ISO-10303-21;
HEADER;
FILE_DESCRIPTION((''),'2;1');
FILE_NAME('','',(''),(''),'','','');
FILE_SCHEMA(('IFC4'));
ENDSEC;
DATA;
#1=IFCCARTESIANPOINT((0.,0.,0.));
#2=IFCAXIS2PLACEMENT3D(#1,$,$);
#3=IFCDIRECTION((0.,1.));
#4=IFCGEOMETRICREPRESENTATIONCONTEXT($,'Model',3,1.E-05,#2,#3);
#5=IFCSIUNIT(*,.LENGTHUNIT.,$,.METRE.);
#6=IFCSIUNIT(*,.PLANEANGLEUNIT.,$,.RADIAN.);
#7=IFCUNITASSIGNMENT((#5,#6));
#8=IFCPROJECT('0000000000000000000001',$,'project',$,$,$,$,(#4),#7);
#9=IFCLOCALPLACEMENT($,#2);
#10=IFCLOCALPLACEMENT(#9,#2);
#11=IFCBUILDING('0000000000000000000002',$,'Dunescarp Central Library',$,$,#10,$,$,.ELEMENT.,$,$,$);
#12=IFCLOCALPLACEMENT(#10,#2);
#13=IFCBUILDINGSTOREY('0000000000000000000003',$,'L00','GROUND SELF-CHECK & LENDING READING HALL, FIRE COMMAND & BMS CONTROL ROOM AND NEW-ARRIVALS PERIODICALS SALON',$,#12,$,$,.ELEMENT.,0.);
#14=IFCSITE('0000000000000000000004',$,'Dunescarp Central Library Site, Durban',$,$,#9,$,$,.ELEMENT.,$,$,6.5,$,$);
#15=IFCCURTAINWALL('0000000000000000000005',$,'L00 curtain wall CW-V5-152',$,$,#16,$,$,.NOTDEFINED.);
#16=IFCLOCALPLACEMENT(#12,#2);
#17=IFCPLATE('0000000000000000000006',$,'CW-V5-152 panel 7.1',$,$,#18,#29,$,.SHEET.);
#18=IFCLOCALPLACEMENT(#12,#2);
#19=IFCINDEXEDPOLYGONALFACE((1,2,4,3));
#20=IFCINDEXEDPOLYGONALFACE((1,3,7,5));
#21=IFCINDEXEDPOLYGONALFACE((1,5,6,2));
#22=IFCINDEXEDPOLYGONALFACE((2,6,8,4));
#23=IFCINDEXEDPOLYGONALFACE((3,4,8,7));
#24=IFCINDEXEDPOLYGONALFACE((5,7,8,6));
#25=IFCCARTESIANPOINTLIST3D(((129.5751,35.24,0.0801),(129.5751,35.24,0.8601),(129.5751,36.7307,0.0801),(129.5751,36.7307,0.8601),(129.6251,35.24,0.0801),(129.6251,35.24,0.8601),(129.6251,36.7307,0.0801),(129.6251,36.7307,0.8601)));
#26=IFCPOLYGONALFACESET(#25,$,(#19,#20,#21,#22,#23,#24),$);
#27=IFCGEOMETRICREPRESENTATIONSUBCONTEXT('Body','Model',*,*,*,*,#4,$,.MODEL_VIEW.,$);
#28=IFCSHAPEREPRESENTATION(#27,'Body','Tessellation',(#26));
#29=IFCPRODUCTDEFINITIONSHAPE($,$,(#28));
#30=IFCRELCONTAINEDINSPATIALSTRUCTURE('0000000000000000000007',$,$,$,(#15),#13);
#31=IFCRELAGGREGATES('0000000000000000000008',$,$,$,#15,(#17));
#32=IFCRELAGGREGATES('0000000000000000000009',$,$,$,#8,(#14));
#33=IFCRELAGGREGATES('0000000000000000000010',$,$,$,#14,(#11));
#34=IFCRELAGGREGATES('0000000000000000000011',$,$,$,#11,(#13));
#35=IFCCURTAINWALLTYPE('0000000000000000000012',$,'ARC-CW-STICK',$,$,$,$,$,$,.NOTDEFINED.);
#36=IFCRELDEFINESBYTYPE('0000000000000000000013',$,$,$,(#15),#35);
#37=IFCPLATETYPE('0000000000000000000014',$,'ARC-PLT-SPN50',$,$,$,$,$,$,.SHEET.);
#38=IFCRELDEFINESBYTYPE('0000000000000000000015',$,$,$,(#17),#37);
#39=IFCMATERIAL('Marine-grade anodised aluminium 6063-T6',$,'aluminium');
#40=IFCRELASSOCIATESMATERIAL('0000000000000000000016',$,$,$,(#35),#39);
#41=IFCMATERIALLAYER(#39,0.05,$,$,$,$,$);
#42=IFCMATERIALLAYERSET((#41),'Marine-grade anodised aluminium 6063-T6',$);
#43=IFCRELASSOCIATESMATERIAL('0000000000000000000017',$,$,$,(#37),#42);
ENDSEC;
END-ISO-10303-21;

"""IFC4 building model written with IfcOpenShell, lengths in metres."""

from ifc_helpers import new_model, si_unit, direction, frame, origin, origin_2d, place, context, subcontext, project, spatial, rectangle, extrude, material, layer, layer_set, type_object, element, aggregate, save


model = new_model("IFC4")

# Units and contexts
model_context = context("Model", 3, precision=1e-05, world=origin(), true_north=direction((0.0, 1.0)))
body_context = subcontext(model_context, "Body", "Model", "MODEL_VIEW")
ifc_project = project(units=[si_unit("LENGTHUNIT", "METRE"), si_unit("PLANEANGLEUNIT", "RADIAN")], contexts=[model_context])

# Site, building, storey
site_placement = place(None, origin())
site = spatial("IfcSite", under=ifc_project, at=site_placement, Name="Dunescarp Central Library Site, Durban", CompositionType="ELEMENT", RefElevation=6.5)
building_placement = place(site_placement, origin())
building = spatial("IfcBuilding", under=site, at=building_placement, Name="Dunescarp Central Library", CompositionType="ELEMENT")
storey_placement = place(building_placement, origin())
storey = spatial("IfcBuildingStorey", under=building, at=storey_placement, Name="L00", Description="GROUND SELF-CHECK & LENDING READING HALL, FIRE COMMAND & BMS CONTROL ROOM AND NEW-ARRIVALS PERIODICALS SALON", CompositionType="ELEMENT", Elevation=0.0)

# Curtain wall, plate
ifc_material_1 = material(Name="Marine-grade anodised aluminium 6063-T6", Category="aluminium")
curtain_wall_type = type_object("IfcCurtainWallType", Name="ARC-CW-STICK", PredefinedType="NOTDEFINED", material=ifc_material_1)
curtain_wall_placement = place(storey_placement, origin())
curtain_wall = element("IfcCurtainWall", 1, at=curtain_wall_placement, inside=storey, type_object=curtain_wall_type, Name="L00 curtain wall CW-V5-152", PredefinedType="NOTDEFINED")
ifc_layer_1 = layer(ifc_material_1, 0.05)
ifc_layer_set_1 = layer_set([ifc_layer_1], Name="Marine-grade anodised aluminium 6063-T6")
plate_type_1 = type_object("IfcPlateType", Name="ARC-PLT-SPN50", PredefinedType="SHEET", material=ifc_layer_set_1)
plate_1_placement = place(storey_placement, frame((129.6001, 35.9854, 0.0801), z_axis=(0.0, 0.0, 1.0), x_axis=(0.0, 1.0, 0.0)))
plate_1 = element("IfcPlate", 2, at=plate_1_placement, type_object=plate_type_1, Name="CW-V5-152 panel 7.1", PredefinedType="SHEET", context=body_context, shape_type="SweptSolid", body=[
    extrude(rectangle(XDim=1.4907, YDim=0.05, at=origin_2d()), origin(), (0.0, 0.0, 1.0), 0.78),
])
aggregate(curtain_wall, [plate_1])

save(model, "model.ifc")
